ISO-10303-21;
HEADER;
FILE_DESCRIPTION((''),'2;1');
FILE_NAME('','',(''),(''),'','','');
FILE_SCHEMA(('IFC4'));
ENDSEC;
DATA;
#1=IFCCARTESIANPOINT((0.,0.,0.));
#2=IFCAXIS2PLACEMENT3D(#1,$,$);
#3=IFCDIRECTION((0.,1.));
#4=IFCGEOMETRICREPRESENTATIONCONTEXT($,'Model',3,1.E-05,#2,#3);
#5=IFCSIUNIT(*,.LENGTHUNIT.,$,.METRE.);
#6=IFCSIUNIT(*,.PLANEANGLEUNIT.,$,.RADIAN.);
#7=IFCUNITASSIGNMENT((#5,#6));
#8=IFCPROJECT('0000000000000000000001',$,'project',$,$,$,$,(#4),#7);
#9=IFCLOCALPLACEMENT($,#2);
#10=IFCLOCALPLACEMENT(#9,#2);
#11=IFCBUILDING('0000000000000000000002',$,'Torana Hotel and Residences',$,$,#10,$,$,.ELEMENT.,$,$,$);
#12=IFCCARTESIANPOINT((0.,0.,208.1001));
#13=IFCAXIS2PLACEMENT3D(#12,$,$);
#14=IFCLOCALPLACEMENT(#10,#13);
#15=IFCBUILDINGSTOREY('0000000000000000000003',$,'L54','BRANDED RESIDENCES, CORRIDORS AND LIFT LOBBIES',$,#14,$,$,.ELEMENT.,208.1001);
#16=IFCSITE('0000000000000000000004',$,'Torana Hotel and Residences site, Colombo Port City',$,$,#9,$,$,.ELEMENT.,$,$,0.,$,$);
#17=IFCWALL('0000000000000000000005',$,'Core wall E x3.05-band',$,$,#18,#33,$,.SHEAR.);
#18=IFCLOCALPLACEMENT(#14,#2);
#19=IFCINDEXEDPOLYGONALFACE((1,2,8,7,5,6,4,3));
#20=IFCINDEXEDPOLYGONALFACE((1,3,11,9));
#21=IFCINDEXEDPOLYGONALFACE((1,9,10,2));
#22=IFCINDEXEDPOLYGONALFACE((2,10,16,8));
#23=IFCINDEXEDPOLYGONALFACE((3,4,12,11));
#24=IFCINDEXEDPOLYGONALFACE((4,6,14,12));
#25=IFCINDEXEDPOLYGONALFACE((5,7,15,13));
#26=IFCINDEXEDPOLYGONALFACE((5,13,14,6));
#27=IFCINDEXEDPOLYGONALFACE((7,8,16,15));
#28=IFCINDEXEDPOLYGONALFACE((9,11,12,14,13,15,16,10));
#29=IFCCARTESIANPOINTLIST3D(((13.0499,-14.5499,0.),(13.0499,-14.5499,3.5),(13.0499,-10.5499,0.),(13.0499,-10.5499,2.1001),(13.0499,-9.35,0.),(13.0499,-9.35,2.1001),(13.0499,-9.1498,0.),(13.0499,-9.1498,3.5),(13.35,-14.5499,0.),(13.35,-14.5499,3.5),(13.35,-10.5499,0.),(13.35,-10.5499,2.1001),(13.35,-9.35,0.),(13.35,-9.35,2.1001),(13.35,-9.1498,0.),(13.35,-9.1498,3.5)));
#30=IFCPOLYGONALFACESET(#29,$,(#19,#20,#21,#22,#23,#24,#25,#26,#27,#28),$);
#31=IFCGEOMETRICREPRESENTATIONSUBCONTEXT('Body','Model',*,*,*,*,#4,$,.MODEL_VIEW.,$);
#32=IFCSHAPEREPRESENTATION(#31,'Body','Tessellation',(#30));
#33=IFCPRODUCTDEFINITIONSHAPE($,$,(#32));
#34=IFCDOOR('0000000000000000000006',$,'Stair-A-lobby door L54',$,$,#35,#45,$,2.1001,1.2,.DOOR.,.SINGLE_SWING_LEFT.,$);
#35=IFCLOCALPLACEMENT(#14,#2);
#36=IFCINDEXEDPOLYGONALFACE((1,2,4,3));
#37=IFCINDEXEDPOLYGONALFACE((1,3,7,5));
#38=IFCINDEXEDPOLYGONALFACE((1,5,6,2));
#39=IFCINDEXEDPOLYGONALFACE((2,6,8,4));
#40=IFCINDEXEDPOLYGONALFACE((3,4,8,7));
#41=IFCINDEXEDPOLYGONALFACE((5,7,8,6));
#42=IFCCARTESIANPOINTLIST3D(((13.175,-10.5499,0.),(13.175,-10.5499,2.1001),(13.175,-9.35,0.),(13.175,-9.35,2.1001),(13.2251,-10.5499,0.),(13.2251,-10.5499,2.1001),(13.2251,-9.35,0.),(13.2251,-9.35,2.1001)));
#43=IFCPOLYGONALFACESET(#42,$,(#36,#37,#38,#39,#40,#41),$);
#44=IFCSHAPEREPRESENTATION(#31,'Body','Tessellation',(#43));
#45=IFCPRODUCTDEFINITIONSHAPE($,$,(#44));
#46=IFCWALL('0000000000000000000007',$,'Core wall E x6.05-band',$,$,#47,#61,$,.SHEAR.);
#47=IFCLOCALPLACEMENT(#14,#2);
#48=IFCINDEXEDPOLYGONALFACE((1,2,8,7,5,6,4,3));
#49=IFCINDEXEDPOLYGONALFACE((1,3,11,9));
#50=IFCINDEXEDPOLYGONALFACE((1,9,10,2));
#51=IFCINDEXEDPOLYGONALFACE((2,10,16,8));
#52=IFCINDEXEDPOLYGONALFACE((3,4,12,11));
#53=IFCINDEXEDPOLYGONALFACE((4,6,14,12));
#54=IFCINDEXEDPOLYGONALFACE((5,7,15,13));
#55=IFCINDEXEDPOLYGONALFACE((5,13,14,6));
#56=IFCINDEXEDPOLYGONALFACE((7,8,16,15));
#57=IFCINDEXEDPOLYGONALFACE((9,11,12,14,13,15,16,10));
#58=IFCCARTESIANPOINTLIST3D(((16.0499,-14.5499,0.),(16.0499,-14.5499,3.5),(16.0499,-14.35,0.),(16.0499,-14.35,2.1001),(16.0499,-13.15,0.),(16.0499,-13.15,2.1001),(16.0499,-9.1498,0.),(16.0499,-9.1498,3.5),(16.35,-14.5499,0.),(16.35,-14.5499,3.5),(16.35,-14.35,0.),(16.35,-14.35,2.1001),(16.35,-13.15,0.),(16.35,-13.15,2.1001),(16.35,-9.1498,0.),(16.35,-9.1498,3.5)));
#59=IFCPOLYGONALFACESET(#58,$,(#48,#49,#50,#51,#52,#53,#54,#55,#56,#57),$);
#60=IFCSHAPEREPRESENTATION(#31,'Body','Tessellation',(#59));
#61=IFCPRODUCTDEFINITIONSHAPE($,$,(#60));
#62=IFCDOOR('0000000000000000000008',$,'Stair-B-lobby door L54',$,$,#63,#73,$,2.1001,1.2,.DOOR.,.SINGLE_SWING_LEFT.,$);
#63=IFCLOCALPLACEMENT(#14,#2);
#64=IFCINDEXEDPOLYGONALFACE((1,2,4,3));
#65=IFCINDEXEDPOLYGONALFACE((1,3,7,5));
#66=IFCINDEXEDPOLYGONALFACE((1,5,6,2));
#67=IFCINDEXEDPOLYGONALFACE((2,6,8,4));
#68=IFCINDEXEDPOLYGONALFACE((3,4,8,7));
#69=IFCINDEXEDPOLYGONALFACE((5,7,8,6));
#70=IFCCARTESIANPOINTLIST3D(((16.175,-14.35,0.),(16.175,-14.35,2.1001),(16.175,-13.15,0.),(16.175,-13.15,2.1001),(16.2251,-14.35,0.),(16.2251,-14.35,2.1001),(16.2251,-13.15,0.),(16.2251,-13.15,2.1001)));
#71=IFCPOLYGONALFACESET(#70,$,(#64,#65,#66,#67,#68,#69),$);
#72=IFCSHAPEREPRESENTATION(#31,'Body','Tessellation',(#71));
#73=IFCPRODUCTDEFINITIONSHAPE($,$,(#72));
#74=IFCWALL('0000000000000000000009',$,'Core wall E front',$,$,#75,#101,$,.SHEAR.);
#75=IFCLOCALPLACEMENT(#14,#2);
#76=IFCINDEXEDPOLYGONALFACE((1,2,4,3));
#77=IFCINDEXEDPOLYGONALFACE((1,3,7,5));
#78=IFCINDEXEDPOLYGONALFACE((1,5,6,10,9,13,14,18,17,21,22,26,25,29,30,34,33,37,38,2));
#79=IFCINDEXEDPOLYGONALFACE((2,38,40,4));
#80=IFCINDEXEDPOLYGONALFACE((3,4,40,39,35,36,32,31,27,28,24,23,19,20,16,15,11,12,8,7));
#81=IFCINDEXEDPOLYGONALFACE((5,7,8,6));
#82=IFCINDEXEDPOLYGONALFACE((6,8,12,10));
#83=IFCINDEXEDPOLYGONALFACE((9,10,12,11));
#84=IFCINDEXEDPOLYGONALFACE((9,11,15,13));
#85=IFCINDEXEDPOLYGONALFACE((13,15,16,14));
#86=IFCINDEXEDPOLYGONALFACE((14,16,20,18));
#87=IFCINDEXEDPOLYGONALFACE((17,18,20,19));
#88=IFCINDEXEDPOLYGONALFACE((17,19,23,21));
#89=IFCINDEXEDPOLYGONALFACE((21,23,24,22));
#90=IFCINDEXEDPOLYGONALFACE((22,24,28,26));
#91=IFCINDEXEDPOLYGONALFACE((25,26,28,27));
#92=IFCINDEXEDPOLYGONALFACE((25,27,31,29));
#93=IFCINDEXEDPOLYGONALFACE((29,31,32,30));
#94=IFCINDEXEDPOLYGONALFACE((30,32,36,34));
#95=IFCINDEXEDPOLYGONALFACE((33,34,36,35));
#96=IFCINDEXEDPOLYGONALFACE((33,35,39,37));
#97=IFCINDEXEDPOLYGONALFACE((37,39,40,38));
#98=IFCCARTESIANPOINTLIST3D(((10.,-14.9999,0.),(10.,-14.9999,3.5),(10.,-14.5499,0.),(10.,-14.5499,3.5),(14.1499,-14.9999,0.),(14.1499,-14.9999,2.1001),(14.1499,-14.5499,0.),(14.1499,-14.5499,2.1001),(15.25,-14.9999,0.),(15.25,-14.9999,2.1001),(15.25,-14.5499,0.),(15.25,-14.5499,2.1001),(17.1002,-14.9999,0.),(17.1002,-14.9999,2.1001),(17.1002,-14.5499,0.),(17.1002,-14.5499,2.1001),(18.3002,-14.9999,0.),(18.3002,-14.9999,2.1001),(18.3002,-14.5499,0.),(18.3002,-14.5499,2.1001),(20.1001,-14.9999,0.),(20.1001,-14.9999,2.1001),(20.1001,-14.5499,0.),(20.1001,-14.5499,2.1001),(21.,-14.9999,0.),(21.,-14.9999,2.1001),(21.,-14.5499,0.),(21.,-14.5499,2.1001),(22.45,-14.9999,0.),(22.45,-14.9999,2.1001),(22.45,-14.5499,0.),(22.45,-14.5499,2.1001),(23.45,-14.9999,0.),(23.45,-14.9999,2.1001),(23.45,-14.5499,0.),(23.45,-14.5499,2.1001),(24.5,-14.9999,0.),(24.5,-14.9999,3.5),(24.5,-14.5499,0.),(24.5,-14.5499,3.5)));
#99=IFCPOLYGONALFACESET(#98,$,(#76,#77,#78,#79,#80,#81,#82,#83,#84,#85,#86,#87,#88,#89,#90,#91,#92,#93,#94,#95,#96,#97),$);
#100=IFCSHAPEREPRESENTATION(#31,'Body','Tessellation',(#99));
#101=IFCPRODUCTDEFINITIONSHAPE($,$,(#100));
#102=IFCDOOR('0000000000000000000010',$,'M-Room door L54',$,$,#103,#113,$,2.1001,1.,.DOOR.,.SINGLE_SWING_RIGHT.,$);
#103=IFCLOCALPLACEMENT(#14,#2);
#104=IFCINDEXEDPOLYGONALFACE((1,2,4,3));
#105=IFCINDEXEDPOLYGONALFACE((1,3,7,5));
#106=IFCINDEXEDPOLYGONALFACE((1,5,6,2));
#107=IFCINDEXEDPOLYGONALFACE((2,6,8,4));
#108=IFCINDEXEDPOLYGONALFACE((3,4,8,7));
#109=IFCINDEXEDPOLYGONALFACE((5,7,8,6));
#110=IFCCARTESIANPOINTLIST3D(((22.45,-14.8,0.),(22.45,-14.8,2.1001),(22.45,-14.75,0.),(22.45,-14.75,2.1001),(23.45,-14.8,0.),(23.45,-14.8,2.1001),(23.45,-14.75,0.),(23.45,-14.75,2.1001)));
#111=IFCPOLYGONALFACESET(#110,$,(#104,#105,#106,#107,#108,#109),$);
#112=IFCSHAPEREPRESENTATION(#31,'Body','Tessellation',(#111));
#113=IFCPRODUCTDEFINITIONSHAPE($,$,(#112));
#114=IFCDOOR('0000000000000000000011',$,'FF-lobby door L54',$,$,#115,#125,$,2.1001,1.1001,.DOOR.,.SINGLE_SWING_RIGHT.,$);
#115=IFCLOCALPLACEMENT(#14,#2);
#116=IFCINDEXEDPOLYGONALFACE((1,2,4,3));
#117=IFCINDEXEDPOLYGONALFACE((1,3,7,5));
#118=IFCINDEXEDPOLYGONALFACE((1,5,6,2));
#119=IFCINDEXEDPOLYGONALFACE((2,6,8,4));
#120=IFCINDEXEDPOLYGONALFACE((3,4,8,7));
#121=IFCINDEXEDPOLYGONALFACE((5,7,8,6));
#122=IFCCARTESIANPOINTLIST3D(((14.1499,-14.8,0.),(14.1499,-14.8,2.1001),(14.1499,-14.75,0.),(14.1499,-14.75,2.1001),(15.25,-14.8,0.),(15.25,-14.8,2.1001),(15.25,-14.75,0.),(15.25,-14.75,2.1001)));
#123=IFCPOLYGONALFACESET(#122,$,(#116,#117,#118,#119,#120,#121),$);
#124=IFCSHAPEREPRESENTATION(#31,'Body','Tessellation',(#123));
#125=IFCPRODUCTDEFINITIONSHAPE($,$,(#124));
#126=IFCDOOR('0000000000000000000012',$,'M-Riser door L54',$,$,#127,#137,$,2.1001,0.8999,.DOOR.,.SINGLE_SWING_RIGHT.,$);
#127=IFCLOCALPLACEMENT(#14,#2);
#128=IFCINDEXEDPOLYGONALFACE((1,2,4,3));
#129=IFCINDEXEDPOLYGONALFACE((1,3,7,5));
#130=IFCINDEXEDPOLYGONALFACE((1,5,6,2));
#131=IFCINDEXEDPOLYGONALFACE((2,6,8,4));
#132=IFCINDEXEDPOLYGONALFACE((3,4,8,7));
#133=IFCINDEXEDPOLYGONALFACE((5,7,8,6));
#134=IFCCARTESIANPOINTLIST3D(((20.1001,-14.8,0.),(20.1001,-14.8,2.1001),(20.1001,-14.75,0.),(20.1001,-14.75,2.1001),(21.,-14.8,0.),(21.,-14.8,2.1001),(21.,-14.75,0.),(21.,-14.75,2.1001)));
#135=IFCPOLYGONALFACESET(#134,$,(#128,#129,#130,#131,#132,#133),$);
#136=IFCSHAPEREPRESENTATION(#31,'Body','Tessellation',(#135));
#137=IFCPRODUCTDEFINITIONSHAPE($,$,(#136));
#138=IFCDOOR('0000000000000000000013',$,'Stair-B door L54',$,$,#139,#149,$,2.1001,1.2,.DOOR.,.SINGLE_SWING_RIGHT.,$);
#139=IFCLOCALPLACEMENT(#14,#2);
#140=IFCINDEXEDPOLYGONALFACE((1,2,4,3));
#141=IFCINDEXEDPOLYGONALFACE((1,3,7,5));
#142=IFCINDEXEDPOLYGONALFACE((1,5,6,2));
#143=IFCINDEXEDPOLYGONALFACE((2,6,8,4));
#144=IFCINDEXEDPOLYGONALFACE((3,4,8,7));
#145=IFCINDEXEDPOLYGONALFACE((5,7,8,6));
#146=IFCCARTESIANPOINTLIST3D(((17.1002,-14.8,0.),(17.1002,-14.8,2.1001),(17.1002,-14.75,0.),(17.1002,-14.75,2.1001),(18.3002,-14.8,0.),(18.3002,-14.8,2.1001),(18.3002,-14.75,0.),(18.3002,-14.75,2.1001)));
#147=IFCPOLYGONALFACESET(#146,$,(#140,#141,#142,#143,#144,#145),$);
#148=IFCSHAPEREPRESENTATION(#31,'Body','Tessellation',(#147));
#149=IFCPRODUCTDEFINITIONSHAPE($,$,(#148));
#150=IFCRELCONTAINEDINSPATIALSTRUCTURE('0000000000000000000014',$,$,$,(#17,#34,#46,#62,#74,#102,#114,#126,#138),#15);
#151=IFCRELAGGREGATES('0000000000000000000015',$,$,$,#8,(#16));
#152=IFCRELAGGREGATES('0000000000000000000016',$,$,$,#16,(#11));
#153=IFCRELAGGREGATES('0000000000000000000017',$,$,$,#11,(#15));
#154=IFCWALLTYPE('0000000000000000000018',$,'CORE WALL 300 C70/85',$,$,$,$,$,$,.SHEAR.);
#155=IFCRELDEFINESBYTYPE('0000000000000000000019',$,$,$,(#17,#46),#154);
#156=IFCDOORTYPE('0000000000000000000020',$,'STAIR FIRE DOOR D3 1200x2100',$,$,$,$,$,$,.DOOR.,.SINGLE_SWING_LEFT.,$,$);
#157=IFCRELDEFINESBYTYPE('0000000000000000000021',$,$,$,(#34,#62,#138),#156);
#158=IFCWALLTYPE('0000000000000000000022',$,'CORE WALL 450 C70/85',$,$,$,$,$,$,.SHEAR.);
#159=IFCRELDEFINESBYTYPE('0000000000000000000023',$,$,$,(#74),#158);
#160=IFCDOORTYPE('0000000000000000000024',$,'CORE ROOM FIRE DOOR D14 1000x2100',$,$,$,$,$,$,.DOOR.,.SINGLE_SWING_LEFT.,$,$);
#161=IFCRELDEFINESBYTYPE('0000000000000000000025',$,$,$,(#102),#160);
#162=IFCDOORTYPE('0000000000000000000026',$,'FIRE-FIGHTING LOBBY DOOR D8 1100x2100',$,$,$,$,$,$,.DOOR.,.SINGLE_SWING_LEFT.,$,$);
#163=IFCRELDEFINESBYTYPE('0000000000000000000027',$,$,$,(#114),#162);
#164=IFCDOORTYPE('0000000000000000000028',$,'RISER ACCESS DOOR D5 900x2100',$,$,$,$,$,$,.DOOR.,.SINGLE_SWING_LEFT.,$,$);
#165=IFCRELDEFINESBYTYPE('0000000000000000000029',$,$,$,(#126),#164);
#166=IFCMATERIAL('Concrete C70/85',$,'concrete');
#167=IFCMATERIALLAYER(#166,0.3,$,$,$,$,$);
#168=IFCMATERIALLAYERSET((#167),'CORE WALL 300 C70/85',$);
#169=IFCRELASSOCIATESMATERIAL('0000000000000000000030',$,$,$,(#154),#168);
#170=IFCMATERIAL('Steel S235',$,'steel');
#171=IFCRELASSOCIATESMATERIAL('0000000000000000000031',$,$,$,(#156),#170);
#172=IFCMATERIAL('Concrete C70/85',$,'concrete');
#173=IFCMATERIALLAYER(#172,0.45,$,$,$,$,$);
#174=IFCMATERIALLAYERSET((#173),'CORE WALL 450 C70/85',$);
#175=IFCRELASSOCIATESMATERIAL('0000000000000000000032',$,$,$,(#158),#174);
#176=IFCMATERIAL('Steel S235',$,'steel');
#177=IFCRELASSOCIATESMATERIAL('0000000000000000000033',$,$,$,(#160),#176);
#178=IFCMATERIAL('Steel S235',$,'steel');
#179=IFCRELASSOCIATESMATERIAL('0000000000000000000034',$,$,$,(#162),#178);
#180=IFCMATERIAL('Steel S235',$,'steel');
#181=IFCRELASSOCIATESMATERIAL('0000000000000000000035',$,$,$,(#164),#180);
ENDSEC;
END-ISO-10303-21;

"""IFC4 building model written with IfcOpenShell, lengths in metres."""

from ifc_helpers import new_model, si_unit, direction, frame, frame_2d, origin, place, context, subcontext, project, spatial, rectangle, extrude, material, layer, layer_set, type_object, element, fill, save


model = new_model("IFC4")

# Units and contexts
model_context = context("Model", 3, precision=1e-05, world=origin(), true_north=direction((0.0, 1.0)))
body_context = subcontext(model_context, "Body", "Model", "MODEL_VIEW")
ifc_project = project(units=[si_unit("LENGTHUNIT", "METRE"), si_unit("PLANEANGLEUNIT", "RADIAN")], contexts=[model_context])

# Site, building, storey
site_placement = place(None, origin())
site = spatial("IfcSite", under=ifc_project, at=site_placement, Name="Torana Hotel and Residences site, Colombo Port City", CompositionType="ELEMENT", RefElevation=0.0)
building_placement = place(site_placement, origin())
building = spatial("IfcBuilding", under=site, at=building_placement, Name="Torana Hotel and Residences", CompositionType="ELEMENT")
storey_placement = place(building_placement, frame((0.0, 0.0, 208.1001)))
storey = spatial("IfcBuildingStorey", under=building, at=storey_placement, Name="L54", Description="BRANDED RESIDENCES, CORRIDORS AND LIFT LOBBIES", CompositionType="ELEMENT", Elevation=208.1001)

# Walls, openings, doors
ifc_material_1 = material(Name="Concrete C70/85", Category="concrete")
ifc_layer_1 = layer(ifc_material_1, 0.3)
ifc_layer_set_1 = layer_set([ifc_layer_1], Name="CORE WALL 300 C70/85")
wall_type_1 = type_object("IfcWallType", Name="CORE WALL 300 C70/85", PredefinedType="SHEAR", material=ifc_layer_set_1)
wall_1_placement = place(storey_placement, frame((13.2, -14.55, 0.0), z_axis=(0.0, 0.0, 1.0), x_axis=(0.0, 1.0, 0.0)))
wall_1 = element("IfcWall", 1, at=wall_1_placement, inside=storey, type_object=wall_type_1, Name="Core wall E x3.05-band", PredefinedType="SHEAR", context=body_context, shape_type="SweptSolid", body=[
    extrude(rectangle(XDim=5.4001, YDim=0.3, at=frame_2d((2.7002, 0.0))), origin(), (0.0, 0.0, 1.0), 3.5),
])
opening_1_placement = place(wall_1_placement, frame((4.0, 0.0, 0.0)))
opening_1 = element("IfcOpeningElement", 2, at=opening_1_placement, cuts=wall_1, PredefinedType="OPENING", context=body_context, shape_type="SweptSolid", body=[
    extrude(rectangle(XDim=1.2, YDim=2.1001, at=frame_2d((0.6001, 1.05))), frame((0.0, 0.1599, 0.0), z_axis=(0.0, -1.0, 0.0), x_axis=(1.0, 0.0, 0.0)), (0.0, 0.0, 1.0), 0.3201),
])
ifc_material_2 = material(Name="Steel S235", Category="steel")
door_type_1 = type_object("IfcDoorType", Name="STAIR FIRE DOOR D3 1200x2100", OperationType="SINGLE_SWING_LEFT", PredefinedType="DOOR", material=ifc_material_2)
door_1_placement = place(opening_1_placement, origin())
door_1 = element("IfcDoor", 3, at=door_1_placement, inside=storey, type_object=door_type_1, Name="Stair-A-lobby door L54", OperationType="SINGLE_SWING_LEFT", OverallHeight=2.1001, OverallWidth=1.2, PredefinedType="DOOR", context=body_context, shape_type="SweptSolid", body=[
    extrude(rectangle(XDim=1.2, YDim=2.1001, at=frame_2d((0.6001, 1.05))), frame((0.0, 0.0249, 0.0), z_axis=(0.0, -1.0, 0.0), x_axis=(1.0, 0.0, 0.0)), (0.0, 0.0, 1.0), 0.05),
])
fill(opening_1, door_1)
wall_2_placement = place(storey_placement, frame((16.2, -14.55, 0.0), z_axis=(0.0, 0.0, 1.0), x_axis=(0.0, 1.0, 0.0)))
wall_2 = element("IfcWall", 4, at=wall_2_placement, inside=storey, type_object=wall_type_1, Name="Core wall E x6.05-band", PredefinedType="SHEAR", context=body_context, shape_type="SweptSolid", body=[
    extrude(rectangle(XDim=5.4001, YDim=0.3, at=frame_2d((2.7002, 0.0))), origin(), (0.0, 0.0, 1.0), 3.5),
])
opening_2_placement = place(wall_2_placement, frame((0.2, 0.0, 0.0)))
opening_2 = element("IfcOpeningElement", 5, at=opening_2_placement, cuts=wall_2, PredefinedType="OPENING", context=body_context, shape_type="SweptSolid", body=[
    extrude(rectangle(XDim=1.2, YDim=2.1001, at=frame_2d((0.6001, 1.05))), frame((0.0, 0.1599, 0.0), z_axis=(0.0, -1.0, 0.0), x_axis=(1.0, 0.0, 0.0)), (0.0, 0.0, 1.0), 0.3201),
])
door_2_placement = place(opening_2_placement, frame((0.6001, 0.0, 0.0), z_axis=(0.0, 0.0, 1.0), x_axis=(-1.0, 0.0, 0.0)))
door_2 = element("IfcDoor", 6, at=door_2_placement, inside=storey, type_object=door_type_1, Name="Stair-B-lobby door L54", OperationType="SINGLE_SWING_LEFT", OverallHeight=2.1001, OverallWidth=1.2, PredefinedType="DOOR", context=body_context, shape_type="SweptSolid", body=[
    extrude(rectangle(XDim=1.2, YDim=2.1001, at=frame_2d((0.0, 1.05))), frame((0.0, -0.0249, 0.0), z_axis=(0.0, 1.0, 0.0), x_axis=(-1.0, 0.0, 0.0)), (0.0, 0.0, 1.0), 0.05),
])
fill(opening_2, door_2)

# Wall, openings, doors
ifc_material_3 = material(Name="Concrete C70/85", Category="concrete")
ifc_layer_2 = layer(ifc_material_3, 0.45)
ifc_layer_set_2 = layer_set([ifc_layer_2], Name="CORE WALL 450 C70/85")
wall_type_2 = type_object("IfcWallType", Name="CORE WALL 450 C70/85", PredefinedType="SHEAR", material=ifc_layer_set_2)
wall_3_placement = place(storey_placement, frame((10.0, -14.7749, 0.0), z_axis=(0.0, 0.0, 1.0), x_axis=(1.0, 0.0, 0.0)))
wall_3 = element("IfcWall", 7, at=wall_3_placement, inside=storey, type_object=wall_type_2, Name="Core wall E front", PredefinedType="SHEAR", context=body_context, shape_type="SweptSolid", body=[
    extrude(rectangle(XDim=14.5, YDim=0.45, at=frame_2d((7.25, 0.0))), origin(), (0.0, 0.0, 1.0), 3.5),
])
opening_3_placement = place(wall_3_placement, frame((7.1001, 0.0, 0.0)))
opening_3 = element("IfcOpeningElement", 8, at=opening_3_placement, cuts=wall_3, PredefinedType="OPENING", context=body_context, shape_type="SweptSolid", body=[
    extrude(rectangle(XDim=1.2, YDim=2.1001, at=frame_2d((0.6001, 1.05))), frame((0.0, 0.2349, 0.0), z_axis=(0.0, -1.0, 0.0), x_axis=(1.0, 0.0, 0.0)), (0.0, 0.0, 1.0), 0.47),
])
opening_4_placement = place(wall_3_placement, frame((4.1499, 0.0, 0.0)))
opening_4 = element("IfcOpeningElement", 9, at=opening_4_placement, cuts=wall_3, PredefinedType="OPENING", context=body_context, shape_type="SweptSolid", body=[
    extrude(rectangle(XDim=1.1001, YDim=2.1001, at=frame_2d((0.55, 1.05))), frame((0.0, 0.2349, 0.0), z_axis=(0.0, -1.0, 0.0), x_axis=(1.0, 0.0, 0.0)), (0.0, 0.0, 1.0), 0.47),
])
opening_5_placement = place(wall_3_placement, frame((10.1001, 0.0, 0.0)))
opening_5 = element("IfcOpeningElement", 10, at=opening_5_placement, cuts=wall_3, PredefinedType="OPENING", context=body_context, shape_type="SweptSolid", body=[
    extrude(rectangle(XDim=0.8999, YDim=2.1001, at=frame_2d((0.45, 1.05))), frame((0.0, 0.2349, 0.0), z_axis=(0.0, -1.0, 0.0), x_axis=(1.0, 0.0, 0.0)), (0.0, 0.0, 1.0), 0.47),
])
opening_6_placement = place(wall_3_placement, frame((12.45, 0.0, 0.0)))
opening_6 = element("IfcOpeningElement", 11, at=opening_6_placement, cuts=wall_3, PredefinedType="OPENING", context=body_context, shape_type="SweptSolid", body=[
    extrude(rectangle(XDim=1.0, YDim=2.1001, at=frame_2d((0.5, 1.05))), frame((0.0, 0.2349, 0.0), z_axis=(0.0, -1.0, 0.0), x_axis=(1.0, 0.0, 0.0)), (0.0, 0.0, 1.0), 0.47),
])
ifc_material_4 = material(Name="Steel S235", Category="steel")
door_type_2 = type_object("IfcDoorType", Name="CORE ROOM FIRE DOOR D14 1000x2100", OperationType="SINGLE_SWING_LEFT", PredefinedType="DOOR", material=ifc_material_4)
door_3_placement = place(opening_6_placement, origin())
door_3 = element("IfcDoor", 12, at=door_3_placement, inside=storey, type_object=door_type_2, Name="M-Room door L54", OperationType="SINGLE_SWING_RIGHT", OverallHeight=2.1001, OverallWidth=1.0, PredefinedType="DOOR", context=body_context, shape_type="SweptSolid", body=[
    extrude(rectangle(XDim=1.0, YDim=2.1001, at=frame_2d((0.5, 1.05))), frame((0.0, 0.0249, 0.0), z_axis=(0.0, -1.0, 0.0), x_axis=(1.0, 0.0, 0.0)), (0.0, 0.0, 1.0), 0.05),
])
fill(opening_6, door_3)
ifc_material_5 = material(Name="Steel S235", Category="steel")
door_type_3 = type_object("IfcDoorType", Name="FIRE-FIGHTING LOBBY DOOR D8 1100x2100", OperationType="SINGLE_SWING_LEFT", PredefinedType="DOOR", material=ifc_material_5)
door_4_placement = place(opening_4_placement, origin())
door_4 = element("IfcDoor", 13, at=door_4_placement, inside=storey, type_object=door_type_3, Name="FF-lobby door L54", OperationType="SINGLE_SWING_RIGHT", OverallHeight=2.1001, OverallWidth=1.1001, PredefinedType="DOOR", context=body_context, shape_type="SweptSolid", body=[
    extrude(rectangle(XDim=1.1001, YDim=2.1001, at=frame_2d((0.55, 1.05))), frame((0.0, 0.0249, 0.0), z_axis=(0.0, -1.0, 0.0), x_axis=(1.0, 0.0, 0.0)), (0.0, 0.0, 1.0), 0.05),
])
fill(opening_4, door_4)
ifc_material_6 = material(Name="Steel S235", Category="steel")
door_type_4 = type_object("IfcDoorType", Name="RISER ACCESS DOOR D5 900x2100", OperationType="SINGLE_SWING_LEFT", PredefinedType="DOOR", material=ifc_material_6)
door_5_placement = place(opening_5_placement, origin())
door_5 = element("IfcDoor", 14, at=door_5_placement, inside=storey, type_object=door_type_4, Name="M-Riser door L54", OperationType="SINGLE_SWING_RIGHT", OverallHeight=2.1001, OverallWidth=0.8999, PredefinedType="DOOR", context=body_context, shape_type="SweptSolid", body=[
    extrude(rectangle(XDim=0.8999, YDim=2.1001, at=frame_2d((0.45, 1.05))), frame((0.0, 0.0249, 0.0), z_axis=(0.0, -1.0, 0.0), x_axis=(1.0, 0.0, 0.0)), (0.0, 0.0, 1.0), 0.05),
])
fill(opening_5, door_5)
door_6_placement = place(opening_3_placement, origin())
door_6 = element("IfcDoor", 15, at=door_6_placement, inside=storey, type_object=door_type_1, Name="Stair-B door L54", OperationType="SINGLE_SWING_RIGHT", OverallHeight=2.1001, OverallWidth=1.2, PredefinedType="DOOR", context=body_context, shape_type="SweptSolid", body=[
    extrude(rectangle(XDim=1.2, YDim=2.1001, at=frame_2d((0.6001, 1.05))), frame((0.0, 0.0249, 0.0), z_axis=(0.0, -1.0, 0.0), x_axis=(1.0, 0.0, 0.0)), (0.0, 0.0, 1.0), 0.05),
])
fill(opening_3, door_6)

save(model, "model.ifc")
